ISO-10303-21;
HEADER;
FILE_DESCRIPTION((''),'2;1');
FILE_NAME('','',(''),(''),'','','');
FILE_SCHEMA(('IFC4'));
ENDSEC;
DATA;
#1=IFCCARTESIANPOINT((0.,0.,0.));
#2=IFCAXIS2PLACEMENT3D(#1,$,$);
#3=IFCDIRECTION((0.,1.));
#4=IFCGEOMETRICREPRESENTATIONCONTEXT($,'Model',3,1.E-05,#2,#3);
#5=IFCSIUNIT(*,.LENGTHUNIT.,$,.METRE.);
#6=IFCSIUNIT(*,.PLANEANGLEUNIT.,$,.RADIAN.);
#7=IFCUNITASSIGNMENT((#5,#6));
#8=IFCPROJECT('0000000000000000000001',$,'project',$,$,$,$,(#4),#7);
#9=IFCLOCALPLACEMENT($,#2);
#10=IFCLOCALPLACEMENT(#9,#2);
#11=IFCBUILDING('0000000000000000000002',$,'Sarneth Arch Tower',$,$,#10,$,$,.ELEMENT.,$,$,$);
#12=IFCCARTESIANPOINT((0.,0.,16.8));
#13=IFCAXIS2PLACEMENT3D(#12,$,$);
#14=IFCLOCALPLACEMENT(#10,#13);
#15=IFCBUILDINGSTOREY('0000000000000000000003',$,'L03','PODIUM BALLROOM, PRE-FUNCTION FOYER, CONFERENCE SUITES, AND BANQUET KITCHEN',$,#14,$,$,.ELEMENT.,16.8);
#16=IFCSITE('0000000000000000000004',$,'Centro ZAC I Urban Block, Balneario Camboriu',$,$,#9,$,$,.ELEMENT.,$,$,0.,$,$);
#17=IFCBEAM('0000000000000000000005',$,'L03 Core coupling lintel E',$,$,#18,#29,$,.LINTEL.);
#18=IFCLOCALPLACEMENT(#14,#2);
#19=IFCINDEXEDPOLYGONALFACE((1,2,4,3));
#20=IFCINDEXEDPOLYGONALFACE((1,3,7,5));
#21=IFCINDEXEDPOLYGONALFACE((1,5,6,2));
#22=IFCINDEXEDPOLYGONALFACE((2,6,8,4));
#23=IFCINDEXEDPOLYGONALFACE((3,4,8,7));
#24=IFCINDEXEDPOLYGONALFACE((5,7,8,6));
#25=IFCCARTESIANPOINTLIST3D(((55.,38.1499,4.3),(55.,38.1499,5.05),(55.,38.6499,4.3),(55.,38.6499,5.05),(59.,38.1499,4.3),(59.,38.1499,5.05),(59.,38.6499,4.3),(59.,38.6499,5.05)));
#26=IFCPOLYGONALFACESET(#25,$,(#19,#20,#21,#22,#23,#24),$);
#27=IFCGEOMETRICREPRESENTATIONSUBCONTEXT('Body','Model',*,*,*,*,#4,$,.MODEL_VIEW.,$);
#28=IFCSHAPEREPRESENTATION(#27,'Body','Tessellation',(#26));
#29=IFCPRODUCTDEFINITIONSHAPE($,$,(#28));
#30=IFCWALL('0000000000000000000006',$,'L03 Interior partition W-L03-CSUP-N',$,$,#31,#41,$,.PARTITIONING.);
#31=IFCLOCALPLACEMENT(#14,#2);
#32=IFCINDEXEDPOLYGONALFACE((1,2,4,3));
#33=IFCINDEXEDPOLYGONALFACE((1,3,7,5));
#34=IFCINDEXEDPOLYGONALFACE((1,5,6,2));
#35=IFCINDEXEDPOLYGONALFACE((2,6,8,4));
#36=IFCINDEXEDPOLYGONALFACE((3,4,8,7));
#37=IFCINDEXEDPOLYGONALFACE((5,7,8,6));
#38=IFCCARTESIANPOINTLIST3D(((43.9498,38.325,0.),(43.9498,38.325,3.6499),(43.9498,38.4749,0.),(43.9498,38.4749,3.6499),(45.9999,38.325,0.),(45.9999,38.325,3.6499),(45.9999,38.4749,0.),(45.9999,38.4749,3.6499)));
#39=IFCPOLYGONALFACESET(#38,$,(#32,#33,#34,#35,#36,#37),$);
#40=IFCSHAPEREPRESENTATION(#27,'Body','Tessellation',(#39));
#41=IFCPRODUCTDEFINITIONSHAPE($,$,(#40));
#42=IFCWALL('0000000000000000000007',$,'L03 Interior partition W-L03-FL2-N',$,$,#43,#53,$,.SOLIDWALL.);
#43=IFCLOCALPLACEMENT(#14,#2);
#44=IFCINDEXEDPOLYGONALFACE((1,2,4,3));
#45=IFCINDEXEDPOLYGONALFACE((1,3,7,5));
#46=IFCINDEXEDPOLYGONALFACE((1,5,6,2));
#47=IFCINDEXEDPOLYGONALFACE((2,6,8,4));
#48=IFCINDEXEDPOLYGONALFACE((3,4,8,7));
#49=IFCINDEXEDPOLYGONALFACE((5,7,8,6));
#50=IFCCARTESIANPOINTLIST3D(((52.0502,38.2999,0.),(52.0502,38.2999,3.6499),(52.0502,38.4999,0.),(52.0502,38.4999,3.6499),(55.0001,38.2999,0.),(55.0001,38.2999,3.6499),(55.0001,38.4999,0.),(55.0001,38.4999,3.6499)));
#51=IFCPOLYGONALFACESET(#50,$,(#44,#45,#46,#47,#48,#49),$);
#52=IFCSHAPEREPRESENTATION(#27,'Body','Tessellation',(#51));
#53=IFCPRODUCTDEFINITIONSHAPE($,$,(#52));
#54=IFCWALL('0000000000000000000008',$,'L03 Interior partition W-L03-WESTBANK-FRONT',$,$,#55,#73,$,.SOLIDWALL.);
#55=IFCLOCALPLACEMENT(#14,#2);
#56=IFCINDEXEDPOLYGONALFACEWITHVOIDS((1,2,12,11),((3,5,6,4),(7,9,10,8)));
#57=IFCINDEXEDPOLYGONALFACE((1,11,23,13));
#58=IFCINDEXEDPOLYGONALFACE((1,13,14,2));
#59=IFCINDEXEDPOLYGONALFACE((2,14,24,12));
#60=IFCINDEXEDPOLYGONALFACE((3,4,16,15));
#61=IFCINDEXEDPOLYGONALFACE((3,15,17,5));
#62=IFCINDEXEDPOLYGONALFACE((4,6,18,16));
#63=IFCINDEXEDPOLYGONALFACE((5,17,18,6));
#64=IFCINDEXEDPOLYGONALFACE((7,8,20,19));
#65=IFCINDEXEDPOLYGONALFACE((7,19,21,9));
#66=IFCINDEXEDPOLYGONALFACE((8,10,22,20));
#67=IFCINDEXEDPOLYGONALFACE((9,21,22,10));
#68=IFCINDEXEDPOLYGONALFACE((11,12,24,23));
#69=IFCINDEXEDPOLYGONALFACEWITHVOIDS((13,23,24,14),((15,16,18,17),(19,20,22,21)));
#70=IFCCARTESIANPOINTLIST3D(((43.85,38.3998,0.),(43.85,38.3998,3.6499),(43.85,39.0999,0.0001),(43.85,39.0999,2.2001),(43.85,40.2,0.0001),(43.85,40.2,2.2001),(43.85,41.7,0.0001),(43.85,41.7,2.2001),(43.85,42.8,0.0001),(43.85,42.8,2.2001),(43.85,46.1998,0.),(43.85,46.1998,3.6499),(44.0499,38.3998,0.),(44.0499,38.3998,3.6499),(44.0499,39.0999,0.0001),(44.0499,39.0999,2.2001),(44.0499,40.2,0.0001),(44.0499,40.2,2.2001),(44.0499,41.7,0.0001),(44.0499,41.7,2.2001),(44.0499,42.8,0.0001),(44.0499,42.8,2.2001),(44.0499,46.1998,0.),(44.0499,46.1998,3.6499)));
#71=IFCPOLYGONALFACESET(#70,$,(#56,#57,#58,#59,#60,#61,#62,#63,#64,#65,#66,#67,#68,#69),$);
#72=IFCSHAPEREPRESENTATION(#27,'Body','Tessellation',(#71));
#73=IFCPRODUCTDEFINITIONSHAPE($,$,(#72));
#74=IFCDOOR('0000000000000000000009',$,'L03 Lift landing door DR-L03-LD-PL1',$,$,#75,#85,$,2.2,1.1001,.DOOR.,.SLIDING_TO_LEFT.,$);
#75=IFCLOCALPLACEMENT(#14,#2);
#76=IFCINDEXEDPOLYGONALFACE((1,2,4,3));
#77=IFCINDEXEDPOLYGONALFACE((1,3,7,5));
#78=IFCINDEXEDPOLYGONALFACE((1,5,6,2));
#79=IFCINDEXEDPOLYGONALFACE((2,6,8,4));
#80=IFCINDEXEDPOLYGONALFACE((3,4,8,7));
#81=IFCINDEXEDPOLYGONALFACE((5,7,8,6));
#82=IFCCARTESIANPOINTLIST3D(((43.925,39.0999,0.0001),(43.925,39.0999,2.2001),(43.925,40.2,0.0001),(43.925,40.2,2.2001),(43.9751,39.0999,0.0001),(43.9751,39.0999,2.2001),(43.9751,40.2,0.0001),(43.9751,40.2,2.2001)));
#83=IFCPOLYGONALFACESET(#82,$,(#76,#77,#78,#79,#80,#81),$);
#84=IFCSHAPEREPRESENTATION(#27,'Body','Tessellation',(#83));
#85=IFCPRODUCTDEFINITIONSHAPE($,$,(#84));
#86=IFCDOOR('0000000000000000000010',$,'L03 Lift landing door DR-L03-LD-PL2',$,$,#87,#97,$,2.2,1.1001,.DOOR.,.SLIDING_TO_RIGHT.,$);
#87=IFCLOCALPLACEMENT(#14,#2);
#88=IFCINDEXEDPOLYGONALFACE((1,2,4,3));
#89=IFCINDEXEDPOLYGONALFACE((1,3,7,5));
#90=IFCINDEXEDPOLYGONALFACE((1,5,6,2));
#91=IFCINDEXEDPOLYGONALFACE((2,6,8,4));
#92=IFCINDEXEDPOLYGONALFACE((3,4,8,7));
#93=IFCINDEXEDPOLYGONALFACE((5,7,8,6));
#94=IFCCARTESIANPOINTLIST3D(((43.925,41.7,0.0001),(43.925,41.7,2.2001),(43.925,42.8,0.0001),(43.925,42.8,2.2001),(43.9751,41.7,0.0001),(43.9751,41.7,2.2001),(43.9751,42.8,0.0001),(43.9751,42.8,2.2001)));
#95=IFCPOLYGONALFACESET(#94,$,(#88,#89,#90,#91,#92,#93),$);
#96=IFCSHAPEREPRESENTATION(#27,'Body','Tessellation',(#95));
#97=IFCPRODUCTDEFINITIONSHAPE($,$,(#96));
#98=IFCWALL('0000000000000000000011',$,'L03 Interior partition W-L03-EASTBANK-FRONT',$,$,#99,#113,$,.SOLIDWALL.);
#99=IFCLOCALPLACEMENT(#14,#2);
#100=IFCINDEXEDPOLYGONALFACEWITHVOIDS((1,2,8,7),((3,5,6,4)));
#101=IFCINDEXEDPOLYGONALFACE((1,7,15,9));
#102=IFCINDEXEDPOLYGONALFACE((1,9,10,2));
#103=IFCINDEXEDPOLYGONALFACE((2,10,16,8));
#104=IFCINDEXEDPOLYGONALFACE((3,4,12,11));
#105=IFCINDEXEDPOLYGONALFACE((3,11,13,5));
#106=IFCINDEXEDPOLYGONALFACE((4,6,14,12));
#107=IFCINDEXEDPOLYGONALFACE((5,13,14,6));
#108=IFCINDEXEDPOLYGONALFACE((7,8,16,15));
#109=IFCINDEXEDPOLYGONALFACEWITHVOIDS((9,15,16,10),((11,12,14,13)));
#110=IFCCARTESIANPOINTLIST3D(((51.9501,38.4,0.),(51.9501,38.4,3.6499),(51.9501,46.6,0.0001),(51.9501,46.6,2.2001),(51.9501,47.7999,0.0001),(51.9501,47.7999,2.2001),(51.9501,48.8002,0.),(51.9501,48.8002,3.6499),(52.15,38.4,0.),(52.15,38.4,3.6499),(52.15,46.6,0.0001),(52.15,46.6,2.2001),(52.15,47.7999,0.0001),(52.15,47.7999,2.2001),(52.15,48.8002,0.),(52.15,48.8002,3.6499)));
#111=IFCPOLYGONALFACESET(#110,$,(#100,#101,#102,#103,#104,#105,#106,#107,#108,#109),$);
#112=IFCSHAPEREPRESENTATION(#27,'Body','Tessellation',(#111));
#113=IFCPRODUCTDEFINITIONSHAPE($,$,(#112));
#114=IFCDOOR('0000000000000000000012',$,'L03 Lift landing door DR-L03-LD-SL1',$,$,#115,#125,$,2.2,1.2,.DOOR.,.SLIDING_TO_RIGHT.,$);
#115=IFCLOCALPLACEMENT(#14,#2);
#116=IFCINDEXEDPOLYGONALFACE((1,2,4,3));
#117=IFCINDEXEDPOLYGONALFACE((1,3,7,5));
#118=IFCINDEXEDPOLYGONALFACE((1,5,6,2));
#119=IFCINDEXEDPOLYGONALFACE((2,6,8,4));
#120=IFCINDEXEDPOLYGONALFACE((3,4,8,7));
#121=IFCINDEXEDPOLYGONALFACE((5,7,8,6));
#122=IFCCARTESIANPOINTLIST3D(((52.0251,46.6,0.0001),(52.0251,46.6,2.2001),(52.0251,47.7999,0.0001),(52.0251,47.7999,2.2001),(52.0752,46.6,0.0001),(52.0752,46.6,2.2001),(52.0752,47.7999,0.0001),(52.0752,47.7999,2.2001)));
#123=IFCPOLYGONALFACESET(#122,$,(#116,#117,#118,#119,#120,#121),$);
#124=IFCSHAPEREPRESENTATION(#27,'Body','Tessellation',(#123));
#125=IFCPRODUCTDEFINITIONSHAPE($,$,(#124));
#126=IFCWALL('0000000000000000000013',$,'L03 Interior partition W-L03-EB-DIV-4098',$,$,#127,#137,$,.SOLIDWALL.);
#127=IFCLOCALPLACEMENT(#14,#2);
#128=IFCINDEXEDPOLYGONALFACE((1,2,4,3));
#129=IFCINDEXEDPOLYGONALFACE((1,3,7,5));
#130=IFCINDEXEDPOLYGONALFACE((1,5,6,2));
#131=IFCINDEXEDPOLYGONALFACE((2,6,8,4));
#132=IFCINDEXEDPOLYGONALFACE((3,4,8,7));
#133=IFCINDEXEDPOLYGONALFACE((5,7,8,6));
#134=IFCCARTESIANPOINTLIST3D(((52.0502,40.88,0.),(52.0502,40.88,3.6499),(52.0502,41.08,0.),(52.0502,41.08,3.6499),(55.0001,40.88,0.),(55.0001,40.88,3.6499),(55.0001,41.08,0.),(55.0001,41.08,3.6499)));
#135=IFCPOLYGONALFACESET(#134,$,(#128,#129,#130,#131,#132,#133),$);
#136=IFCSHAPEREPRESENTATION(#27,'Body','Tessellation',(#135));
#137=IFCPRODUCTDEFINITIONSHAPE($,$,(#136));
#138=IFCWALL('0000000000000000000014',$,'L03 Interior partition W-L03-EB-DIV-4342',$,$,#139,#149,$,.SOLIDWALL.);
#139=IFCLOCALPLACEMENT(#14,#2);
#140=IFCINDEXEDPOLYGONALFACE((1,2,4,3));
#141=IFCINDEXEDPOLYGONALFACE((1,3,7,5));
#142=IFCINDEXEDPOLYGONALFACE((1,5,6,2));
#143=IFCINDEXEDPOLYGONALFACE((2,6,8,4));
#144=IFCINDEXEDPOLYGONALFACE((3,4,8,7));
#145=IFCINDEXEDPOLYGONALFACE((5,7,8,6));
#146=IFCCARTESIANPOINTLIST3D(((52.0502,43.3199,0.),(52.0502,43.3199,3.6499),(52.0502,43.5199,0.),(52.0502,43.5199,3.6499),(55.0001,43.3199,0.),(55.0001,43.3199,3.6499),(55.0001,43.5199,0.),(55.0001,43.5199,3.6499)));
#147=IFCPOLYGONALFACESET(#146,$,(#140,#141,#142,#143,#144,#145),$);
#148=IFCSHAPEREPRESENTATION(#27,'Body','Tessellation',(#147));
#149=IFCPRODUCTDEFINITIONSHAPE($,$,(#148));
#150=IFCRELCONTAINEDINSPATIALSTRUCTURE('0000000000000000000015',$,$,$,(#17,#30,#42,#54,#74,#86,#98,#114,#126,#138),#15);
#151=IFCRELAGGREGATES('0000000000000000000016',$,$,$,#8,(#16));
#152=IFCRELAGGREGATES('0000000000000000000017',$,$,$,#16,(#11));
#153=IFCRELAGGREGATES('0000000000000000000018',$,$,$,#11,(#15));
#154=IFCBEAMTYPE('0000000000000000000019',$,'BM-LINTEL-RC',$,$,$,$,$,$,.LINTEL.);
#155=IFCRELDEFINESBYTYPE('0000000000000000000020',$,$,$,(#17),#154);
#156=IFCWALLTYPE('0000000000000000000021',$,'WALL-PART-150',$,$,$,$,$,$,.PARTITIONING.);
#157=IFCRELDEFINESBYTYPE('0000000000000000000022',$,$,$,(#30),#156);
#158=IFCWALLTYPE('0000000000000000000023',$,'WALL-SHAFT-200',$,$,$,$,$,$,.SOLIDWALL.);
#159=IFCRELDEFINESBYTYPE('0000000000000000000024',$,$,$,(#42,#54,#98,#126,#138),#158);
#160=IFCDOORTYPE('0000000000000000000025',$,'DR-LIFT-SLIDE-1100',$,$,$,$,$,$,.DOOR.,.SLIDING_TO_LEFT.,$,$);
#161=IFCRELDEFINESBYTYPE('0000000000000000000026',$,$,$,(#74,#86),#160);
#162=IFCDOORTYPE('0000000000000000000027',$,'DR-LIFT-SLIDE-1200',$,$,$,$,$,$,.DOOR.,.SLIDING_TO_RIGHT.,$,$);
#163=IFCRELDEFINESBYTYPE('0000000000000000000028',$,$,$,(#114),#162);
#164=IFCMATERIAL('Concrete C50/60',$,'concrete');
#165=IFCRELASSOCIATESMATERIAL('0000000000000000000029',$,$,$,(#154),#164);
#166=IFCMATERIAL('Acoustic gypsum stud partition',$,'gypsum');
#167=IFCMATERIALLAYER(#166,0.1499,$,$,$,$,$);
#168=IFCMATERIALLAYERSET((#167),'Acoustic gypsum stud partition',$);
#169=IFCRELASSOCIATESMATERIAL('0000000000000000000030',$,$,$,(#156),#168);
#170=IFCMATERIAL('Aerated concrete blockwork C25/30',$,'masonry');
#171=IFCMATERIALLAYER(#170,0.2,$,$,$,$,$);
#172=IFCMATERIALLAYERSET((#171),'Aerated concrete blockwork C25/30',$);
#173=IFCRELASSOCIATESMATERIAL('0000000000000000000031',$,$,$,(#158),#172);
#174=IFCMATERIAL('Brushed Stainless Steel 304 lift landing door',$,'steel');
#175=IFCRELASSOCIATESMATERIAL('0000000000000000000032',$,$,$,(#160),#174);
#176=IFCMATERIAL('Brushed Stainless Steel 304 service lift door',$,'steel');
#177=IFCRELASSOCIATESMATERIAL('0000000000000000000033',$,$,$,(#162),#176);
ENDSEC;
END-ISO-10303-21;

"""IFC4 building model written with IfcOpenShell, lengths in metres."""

from ifc_helpers import new_model, si_unit, direction, frame, frame_2d, origin, origin_2d, place, context, subcontext, project, spatial, rectangle, extrude, material, layer, layer_set, material_profile, profile_set, type_object, element, fill, save


model = new_model("IFC4")

# Units and contexts
model_context = context("Model", 3, precision=1e-05, world=origin(), true_north=direction((0.0, 1.0)))
body_context = subcontext(model_context, "Body", "Model", "MODEL_VIEW")
ifc_project = project(units=[si_unit("LENGTHUNIT", "METRE"), si_unit("PLANEANGLEUNIT", "RADIAN")], contexts=[model_context])

# Site, building, storey
site_placement = place(None, origin())
site = spatial("IfcSite", under=ifc_project, at=site_placement, Name="Centro ZAC I Urban Block, Balneario Camboriu", CompositionType="ELEMENT", RefElevation=0.0)
building_placement = place(site_placement, origin())
building = spatial("IfcBuilding", under=site, at=building_placement, Name="Sarneth Arch Tower", CompositionType="ELEMENT")
storey_placement = place(building_placement, frame((0.0, 0.0, 16.8)))
storey = spatial("IfcBuildingStorey", under=building, at=storey_placement, Name="L03", Description="PODIUM BALLROOM, PRE-FUNCTION FOYER, CONFERENCE SUITES, AND BANQUET KITCHEN", CompositionType="ELEMENT", Elevation=16.8)

# Beam
ifc_material_1 = material(Name="Concrete C50/60", Category="concrete")
ifc_material_profile = material_profile(ifc_material_1, rectangle(XDim=0.5, YDim=0.75, at=origin_2d()), Name="RC-500x750")
ifc_profile_set = profile_set([ifc_material_profile], Name="Concrete C50/60")
beam_type = type_object("IfcBeamType", Name="BM-LINTEL-RC", PredefinedType="LINTEL", material=ifc_profile_set)
beam_placement = place(storey_placement, frame((55.0, 38.3999, 4.675), z_axis=(1.0, 0.0, 0.0), x_axis=(0.0, 1.0, 0.0)))
element("IfcBeam", 1, at=beam_placement, inside=storey, type_object=beam_type, Name="L03 Core coupling lintel E", PredefinedType="LINTEL", context=body_context, shape_type="SweptSolid", body=[
    extrude(rectangle(XDim=0.5, YDim=0.75, at=origin_2d()), origin(), (0.0, 0.0, 1.0), 4.0),
])

# Wall
ifc_material_2 = material(Name="Acoustic gypsum stud partition", Category="gypsum")
ifc_layer_1 = layer(ifc_material_2, 0.1499)
ifc_layer_set_1 = layer_set([ifc_layer_1], Name="Acoustic gypsum stud partition")
wall_type_1 = type_object("IfcWallType", Name="WALL-PART-150", PredefinedType="PARTITIONING", material=ifc_layer_set_1)
wall_1_placement = place(storey_placement, frame((43.95, 38.3999, 0.0), z_axis=(0.0, 0.0, 1.0), x_axis=(1.0, 0.0, 0.0)))
element("IfcWall", 2, at=wall_1_placement, inside=storey, type_object=wall_type_1, Name="L03 Interior partition W-L03-CSUP-N", PredefinedType="PARTITIONING", context=body_context, shape_type="SweptSolid", body=[
    extrude(rectangle(XDim=2.05, YDim=0.1499, at=frame_2d((1.0249, 0.0))), origin(), (0.0, 0.0, 1.0), 3.6499),
])

# Shared definitions
ifc_material_3 = material(Name="Aerated concrete blockwork C25/30", Category="masonry")
ifc_layer_2 = layer(ifc_material_3, 0.2)
ifc_layer_set_2 = layer_set([ifc_layer_2], Name="Aerated concrete blockwork C25/30")
wall_type_2 = type_object("IfcWallType", Name="WALL-SHAFT-200", PredefinedType="SOLIDWALL", material=ifc_layer_set_2)

# Wall
wall_2_placement = place(storey_placement, frame((52.05, 38.3999, 0.0), z_axis=(0.0, 0.0, 1.0), x_axis=(1.0, 0.0, 0.0)))
element("IfcWall", 3, at=wall_2_placement, inside=storey, type_object=wall_type_2, Name="L03 Interior partition W-L03-FL2-N", PredefinedType="SOLIDWALL", context=body_context, shape_type="SweptSolid", body=[
    extrude(rectangle(XDim=2.95, YDim=0.2, at=frame_2d((1.4751, 0.0))), origin(), (0.0, 0.0, 1.0), 3.6499),
])

# Wall, openings, doors
wall_3_placement = place(storey_placement, frame((43.95, 38.3999, 0.0), z_axis=(0.0, 0.0, 1.0), x_axis=(0.0, 1.0, 0.0)))
wall_3 = element("IfcWall", 4, at=wall_3_placement, inside=storey, type_object=wall_type_2, Name="L03 Interior partition W-L03-WESTBANK-FRONT", PredefinedType="SOLIDWALL", context=body_context, shape_type="SweptSolid", body=[
    extrude(rectangle(XDim=7.8, YDim=0.2, at=frame_2d((3.8999, 0.0))), origin(), (0.0, 0.0, 1.0), 3.6499),
])
opening_1_placement = place(wall_3_placement, frame((0.7, 0.0, 0.0)))
opening_1 = element("IfcOpeningElement", 5, at=opening_1_placement, cuts=wall_3, PredefinedType="OPENING", context=body_context, shape_type="SweptSolid", body=[
    extrude(rectangle(XDim=1.1001, YDim=2.2, at=frame_2d((0.55, 1.1001))), frame((0.0, 0.1099, 0.0), z_axis=(0.0, -1.0, 0.0), x_axis=(1.0, 0.0, 0.0)), (0.0, 0.0, 1.0), 0.22),
])
opening_2_placement = place(wall_3_placement, frame((3.3, 0.0, 0.0)))
opening_2 = element("IfcOpeningElement", 6, at=opening_2_placement, cuts=wall_3, PredefinedType="OPENING", context=body_context, shape_type="SweptSolid", body=[
    extrude(rectangle(XDim=1.1001, YDim=2.2, at=frame_2d((0.55, 1.1001))), frame((0.0, 0.1099, 0.0), z_axis=(0.0, -1.0, 0.0), x_axis=(1.0, 0.0, 0.0)), (0.0, 0.0, 1.0), 0.22),
])
ifc_material_4 = material(Name="Brushed Stainless Steel 304 lift landing door", Category="steel")
door_type_1 = type_object("IfcDoorType", Name="DR-LIFT-SLIDE-1100", OperationType="SLIDING_TO_LEFT", PredefinedType="DOOR", material=ifc_material_4)
door_1_placement = place(opening_1_placement, origin())
door_1 = element("IfcDoor", 7, at=door_1_placement, inside=storey, type_object=door_type_1, Name="L03 Lift landing door DR-L03-LD-PL1", OperationType="SLIDING_TO_LEFT", OverallHeight=2.2, OverallWidth=1.1001, PredefinedType="DOOR", context=body_context, shape_type="SweptSolid", body=[
    extrude(rectangle(XDim=1.1001, YDim=2.2, at=frame_2d((0.55, 1.1001))), frame((0.0, 0.0249, 0.0), z_axis=(0.0, -1.0, 0.0), x_axis=(1.0, 0.0, 0.0)), (0.0, 0.0, 1.0), 0.05),
])
fill(opening_1, door_1)
door_2_placement = place(opening_2_placement, origin())
door_2 = element("IfcDoor", 8, at=door_2_placement, inside=storey, type_object=door_type_1, Name="L03 Lift landing door DR-L03-LD-PL2", OperationType="SLIDING_TO_RIGHT", OverallHeight=2.2, OverallWidth=1.1001, PredefinedType="DOOR", context=body_context, shape_type="SweptSolid", body=[
    extrude(rectangle(XDim=1.1001, YDim=2.2, at=frame_2d((0.55, 1.1001))), frame((0.0, 0.0249, 0.0), z_axis=(0.0, -1.0, 0.0), x_axis=(1.0, 0.0, 0.0)), (0.0, 0.0, 1.0), 0.05),
])
fill(opening_2, door_2)

# Wall, opening, door
wall_4_placement = place(storey_placement, frame((52.05, 38.3999, 0.0), z_axis=(0.0, 0.0, 1.0), x_axis=(0.0, 1.0, 0.0)))
wall_4 = element("IfcWall", 9, at=wall_4_placement, inside=storey, type_object=wall_type_2, Name="L03 Interior partition W-L03-EASTBANK-FRONT", PredefinedType="SOLIDWALL", context=body_context, shape_type="SweptSolid", body=[
    extrude(rectangle(XDim=10.4001, YDim=0.2, at=frame_2d((5.2002, 0.0))), origin(), (0.0, 0.0, 1.0), 3.6499),
])
opening_3_placement = place(wall_4_placement, frame((8.2, 0.0, 0.0)))
opening_3 = element("IfcOpeningElement", 10, at=opening_3_placement, cuts=wall_4, PredefinedType="OPENING", context=body_context, shape_type="SweptSolid", body=[
    extrude(rectangle(XDim=1.2, YDim=2.2, at=frame_2d((0.6001, 1.1001))), frame((0.0, 0.1099, 0.0), z_axis=(0.0, -1.0, 0.0), x_axis=(1.0, 0.0, 0.0)), (0.0, 0.0, 1.0), 0.22),
])
ifc_material_5 = material(Name="Brushed Stainless Steel 304 service lift door", Category="steel")
door_type_2 = type_object("IfcDoorType", Name="DR-LIFT-SLIDE-1200", OperationType="SLIDING_TO_RIGHT", PredefinedType="DOOR", material=ifc_material_5)
door_3_placement = place(opening_3_placement, origin())
door_3 = element("IfcDoor", 11, at=door_3_placement, inside=storey, type_object=door_type_2, Name="L03 Lift landing door DR-L03-LD-SL1", OperationType="SLIDING_TO_RIGHT", OverallHeight=2.2, OverallWidth=1.2, PredefinedType="DOOR", context=body_context, shape_type="SweptSolid", body=[
    extrude(rectangle(XDim=1.2, YDim=2.2, at=frame_2d((0.6001, 1.1001))), frame((0.0, 0.0249, 0.0), z_axis=(0.0, -1.0, 0.0), x_axis=(1.0, 0.0, 0.0)), (0.0, 0.0, 1.0), 0.05),
])
fill(opening_3, door_3)

# Walls
for number, where, z_axis, x_axis, name in (
    (12, (52.05, 40.98, 0.0), (0.0, 0.0, 1.0), (1.0, 0.0, 0.0), "L03 Interior partition W-L03-EB-DIV-4098"),
    (13, (52.05, 43.4199, 0.0), (0.0, 0.0, 1.0), (1.0, 0.0, 0.0), "L03 Interior partition W-L03-EB-DIV-4342"),
):
    element("IfcWall", number, at=place(storey_placement, frame(where, z_axis=z_axis, x_axis=x_axis)), inside=storey, type_object=wall_type_2, Name=name, PredefinedType="SOLIDWALL", context=body_context, shape_type="SweptSolid", body=[
        extrude(rectangle(XDim=2.95, YDim=0.2, at=frame_2d((1.4751, 0.0))), origin(), (0.0, 0.0, 1.0), 3.6499),
    ])

save(model, "model.ifc")
